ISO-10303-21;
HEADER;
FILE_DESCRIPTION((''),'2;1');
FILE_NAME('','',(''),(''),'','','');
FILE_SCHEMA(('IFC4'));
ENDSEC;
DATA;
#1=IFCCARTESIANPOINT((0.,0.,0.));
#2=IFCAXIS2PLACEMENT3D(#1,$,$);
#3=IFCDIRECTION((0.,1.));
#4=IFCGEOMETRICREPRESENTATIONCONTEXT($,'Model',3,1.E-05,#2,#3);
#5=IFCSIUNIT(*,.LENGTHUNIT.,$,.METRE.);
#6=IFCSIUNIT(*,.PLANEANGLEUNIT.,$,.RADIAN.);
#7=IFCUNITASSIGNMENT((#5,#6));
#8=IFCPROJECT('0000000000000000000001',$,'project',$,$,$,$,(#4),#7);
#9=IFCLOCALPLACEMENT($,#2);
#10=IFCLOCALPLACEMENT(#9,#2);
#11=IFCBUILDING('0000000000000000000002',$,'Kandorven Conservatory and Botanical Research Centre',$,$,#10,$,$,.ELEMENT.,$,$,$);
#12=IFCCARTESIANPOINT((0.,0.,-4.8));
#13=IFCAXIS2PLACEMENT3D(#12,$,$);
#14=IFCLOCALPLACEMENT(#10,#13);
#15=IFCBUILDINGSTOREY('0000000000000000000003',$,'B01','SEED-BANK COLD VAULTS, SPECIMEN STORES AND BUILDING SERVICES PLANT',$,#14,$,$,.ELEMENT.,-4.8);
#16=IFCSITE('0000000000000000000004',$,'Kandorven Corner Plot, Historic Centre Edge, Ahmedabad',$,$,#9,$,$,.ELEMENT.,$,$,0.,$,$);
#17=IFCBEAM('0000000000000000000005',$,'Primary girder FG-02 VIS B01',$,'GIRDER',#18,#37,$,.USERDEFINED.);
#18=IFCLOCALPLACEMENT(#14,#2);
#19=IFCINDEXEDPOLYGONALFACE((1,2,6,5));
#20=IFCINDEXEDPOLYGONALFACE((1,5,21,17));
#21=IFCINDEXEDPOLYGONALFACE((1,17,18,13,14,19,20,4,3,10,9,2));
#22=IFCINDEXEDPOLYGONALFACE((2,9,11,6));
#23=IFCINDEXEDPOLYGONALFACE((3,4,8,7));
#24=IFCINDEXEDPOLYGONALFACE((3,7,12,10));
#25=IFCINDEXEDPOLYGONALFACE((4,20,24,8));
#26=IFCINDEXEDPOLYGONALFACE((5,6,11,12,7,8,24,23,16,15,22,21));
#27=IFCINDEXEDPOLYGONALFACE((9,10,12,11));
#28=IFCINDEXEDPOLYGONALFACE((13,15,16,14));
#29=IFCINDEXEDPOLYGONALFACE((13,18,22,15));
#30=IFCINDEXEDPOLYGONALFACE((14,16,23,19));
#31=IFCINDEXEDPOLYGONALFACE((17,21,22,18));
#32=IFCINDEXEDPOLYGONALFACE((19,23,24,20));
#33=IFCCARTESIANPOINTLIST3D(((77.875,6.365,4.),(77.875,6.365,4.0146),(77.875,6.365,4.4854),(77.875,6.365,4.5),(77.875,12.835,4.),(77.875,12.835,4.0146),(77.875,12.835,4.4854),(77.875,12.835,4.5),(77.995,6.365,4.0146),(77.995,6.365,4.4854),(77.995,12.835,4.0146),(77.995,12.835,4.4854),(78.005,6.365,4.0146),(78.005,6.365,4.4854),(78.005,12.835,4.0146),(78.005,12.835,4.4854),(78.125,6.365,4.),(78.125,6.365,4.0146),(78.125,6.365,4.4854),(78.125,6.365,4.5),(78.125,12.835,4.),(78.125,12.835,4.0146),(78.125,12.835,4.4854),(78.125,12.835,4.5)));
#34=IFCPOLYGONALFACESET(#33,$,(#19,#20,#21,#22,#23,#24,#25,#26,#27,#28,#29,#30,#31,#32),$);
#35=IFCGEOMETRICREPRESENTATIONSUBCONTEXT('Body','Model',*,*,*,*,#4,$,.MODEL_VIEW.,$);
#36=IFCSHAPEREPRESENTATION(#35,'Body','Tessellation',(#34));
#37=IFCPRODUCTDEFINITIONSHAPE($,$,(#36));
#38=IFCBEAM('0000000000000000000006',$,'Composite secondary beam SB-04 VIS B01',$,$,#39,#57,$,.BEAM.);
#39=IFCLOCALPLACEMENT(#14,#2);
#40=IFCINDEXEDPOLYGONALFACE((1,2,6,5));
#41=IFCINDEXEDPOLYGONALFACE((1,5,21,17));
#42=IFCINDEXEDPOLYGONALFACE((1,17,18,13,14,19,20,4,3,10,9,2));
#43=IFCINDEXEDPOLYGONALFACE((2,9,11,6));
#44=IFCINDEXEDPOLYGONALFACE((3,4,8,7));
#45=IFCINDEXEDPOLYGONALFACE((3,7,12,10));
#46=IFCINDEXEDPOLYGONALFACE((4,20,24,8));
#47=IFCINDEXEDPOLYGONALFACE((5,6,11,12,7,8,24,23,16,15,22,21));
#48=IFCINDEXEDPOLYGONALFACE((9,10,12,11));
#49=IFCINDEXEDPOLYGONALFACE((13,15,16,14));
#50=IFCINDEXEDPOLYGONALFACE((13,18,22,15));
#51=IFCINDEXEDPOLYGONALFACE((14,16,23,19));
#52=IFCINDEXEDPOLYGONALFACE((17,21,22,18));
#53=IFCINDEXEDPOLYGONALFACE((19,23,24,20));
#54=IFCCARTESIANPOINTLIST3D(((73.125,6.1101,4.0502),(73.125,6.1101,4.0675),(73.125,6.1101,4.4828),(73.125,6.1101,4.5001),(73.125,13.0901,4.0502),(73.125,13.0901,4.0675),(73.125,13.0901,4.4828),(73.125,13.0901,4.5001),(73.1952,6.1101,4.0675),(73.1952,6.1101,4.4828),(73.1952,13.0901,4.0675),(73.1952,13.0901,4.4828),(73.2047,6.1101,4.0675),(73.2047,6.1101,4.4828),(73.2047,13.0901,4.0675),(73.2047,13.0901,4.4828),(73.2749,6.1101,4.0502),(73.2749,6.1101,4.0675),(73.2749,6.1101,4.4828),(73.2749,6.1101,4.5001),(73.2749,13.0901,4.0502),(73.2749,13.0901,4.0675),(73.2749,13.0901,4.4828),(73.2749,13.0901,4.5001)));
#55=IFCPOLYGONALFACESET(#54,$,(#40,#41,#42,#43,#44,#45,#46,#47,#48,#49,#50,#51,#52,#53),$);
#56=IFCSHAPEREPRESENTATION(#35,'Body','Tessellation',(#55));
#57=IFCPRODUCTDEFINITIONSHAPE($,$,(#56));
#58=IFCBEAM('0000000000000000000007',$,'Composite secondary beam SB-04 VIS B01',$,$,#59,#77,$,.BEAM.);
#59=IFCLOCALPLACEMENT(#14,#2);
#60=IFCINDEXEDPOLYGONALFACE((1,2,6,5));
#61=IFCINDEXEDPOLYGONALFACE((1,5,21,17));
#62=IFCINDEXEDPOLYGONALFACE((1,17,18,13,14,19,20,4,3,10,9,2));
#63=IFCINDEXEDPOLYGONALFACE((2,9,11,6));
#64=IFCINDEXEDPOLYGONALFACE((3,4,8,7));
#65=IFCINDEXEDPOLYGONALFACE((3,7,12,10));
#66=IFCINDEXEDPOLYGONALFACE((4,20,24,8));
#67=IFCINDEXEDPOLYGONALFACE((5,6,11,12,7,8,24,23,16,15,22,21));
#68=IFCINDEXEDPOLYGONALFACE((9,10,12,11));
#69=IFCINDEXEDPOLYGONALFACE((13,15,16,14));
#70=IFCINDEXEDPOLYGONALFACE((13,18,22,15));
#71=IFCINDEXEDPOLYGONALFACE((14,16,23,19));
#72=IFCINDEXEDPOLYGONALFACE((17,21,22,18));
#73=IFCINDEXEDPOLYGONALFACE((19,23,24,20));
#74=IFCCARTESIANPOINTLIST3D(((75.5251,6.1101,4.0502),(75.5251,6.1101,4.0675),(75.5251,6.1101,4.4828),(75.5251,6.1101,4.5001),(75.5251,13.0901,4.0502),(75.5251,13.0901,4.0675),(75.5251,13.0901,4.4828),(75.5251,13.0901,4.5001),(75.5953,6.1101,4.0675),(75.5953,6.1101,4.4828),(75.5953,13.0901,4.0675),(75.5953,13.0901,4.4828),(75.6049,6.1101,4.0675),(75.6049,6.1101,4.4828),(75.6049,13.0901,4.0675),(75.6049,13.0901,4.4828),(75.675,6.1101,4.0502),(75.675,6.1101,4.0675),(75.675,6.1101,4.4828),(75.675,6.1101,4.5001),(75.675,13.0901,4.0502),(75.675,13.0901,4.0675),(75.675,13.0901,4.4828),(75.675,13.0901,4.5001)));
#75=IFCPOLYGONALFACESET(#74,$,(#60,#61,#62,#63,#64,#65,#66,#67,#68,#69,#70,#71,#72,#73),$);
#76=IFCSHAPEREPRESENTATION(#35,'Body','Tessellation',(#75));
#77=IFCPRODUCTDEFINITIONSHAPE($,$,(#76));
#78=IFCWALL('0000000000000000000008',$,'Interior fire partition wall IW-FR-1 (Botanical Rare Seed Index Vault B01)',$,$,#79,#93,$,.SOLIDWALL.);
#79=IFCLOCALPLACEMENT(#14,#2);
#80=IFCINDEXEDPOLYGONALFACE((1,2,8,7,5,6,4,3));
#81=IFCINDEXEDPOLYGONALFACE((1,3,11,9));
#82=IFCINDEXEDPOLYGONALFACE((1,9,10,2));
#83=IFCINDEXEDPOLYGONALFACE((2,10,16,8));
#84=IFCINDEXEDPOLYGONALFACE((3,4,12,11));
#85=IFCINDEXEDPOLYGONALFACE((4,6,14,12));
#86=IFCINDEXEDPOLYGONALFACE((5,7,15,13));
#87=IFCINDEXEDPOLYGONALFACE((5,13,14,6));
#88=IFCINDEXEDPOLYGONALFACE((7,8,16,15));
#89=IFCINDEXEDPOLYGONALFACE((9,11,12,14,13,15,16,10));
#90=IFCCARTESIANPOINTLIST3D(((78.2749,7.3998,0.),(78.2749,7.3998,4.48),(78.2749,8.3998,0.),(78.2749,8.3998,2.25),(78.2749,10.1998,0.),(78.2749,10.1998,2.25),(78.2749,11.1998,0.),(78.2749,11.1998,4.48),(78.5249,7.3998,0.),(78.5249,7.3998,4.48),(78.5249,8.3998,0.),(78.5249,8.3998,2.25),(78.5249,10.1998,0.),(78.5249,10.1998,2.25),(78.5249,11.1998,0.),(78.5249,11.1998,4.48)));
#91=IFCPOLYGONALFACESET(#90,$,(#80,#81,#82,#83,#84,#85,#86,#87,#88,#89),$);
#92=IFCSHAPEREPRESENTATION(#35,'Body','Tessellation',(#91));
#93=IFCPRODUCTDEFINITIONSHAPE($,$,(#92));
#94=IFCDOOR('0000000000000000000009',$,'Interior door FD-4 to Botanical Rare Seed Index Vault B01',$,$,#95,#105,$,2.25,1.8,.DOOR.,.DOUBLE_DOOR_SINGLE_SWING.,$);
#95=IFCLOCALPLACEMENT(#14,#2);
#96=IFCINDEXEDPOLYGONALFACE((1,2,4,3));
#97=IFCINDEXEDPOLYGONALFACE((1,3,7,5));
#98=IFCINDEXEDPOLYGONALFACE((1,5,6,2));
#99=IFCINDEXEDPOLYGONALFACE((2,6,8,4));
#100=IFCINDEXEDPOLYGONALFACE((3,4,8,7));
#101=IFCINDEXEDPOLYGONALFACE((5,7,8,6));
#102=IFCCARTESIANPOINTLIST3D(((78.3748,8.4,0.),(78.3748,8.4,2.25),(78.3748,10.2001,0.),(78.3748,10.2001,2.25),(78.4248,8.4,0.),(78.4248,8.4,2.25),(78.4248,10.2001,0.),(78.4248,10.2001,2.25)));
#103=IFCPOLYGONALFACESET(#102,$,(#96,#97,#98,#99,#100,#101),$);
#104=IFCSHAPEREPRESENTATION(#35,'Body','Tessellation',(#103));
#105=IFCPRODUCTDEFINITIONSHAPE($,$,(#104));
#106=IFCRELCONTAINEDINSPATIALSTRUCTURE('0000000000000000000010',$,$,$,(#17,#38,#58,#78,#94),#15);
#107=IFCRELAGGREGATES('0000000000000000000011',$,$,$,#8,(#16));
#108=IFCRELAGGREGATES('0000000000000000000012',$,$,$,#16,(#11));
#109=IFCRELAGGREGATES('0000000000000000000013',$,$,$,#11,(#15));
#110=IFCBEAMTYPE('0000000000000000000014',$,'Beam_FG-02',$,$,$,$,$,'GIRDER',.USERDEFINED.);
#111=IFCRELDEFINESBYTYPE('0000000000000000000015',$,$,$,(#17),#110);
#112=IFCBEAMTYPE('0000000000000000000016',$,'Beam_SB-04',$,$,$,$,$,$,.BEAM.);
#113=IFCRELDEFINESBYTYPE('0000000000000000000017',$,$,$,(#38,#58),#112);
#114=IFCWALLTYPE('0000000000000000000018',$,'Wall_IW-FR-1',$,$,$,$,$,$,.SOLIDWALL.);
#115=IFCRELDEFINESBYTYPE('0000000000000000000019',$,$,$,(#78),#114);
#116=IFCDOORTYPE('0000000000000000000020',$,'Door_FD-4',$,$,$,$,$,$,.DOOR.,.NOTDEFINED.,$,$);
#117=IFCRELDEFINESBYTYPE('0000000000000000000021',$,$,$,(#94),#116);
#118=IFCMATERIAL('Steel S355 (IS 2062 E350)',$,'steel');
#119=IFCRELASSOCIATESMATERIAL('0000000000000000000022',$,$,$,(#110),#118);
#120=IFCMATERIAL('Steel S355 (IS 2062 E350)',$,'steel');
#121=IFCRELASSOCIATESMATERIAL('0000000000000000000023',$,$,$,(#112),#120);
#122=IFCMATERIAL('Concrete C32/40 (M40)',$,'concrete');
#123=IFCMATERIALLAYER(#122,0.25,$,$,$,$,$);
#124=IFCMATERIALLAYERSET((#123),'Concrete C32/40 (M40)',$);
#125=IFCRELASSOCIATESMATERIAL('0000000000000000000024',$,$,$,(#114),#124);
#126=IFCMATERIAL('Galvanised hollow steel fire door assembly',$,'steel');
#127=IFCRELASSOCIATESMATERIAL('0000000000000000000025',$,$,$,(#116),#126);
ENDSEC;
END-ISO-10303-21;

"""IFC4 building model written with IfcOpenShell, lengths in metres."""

from ifc_helpers import new_model, si_unit, direction, frame, frame_2d, origin, origin_2d, place, context, subcontext, project, spatial, rectangle, i_section, extrude, material, layer, layer_set, material_profile, profile_set, type_object, element, fill, save


model = new_model("IFC4")

# Units and contexts
model_context = context("Model", 3, precision=1e-05, world=origin(), true_north=direction((0.0, 1.0)))
body_context = subcontext(model_context, "Body", "Model", "MODEL_VIEW")
ifc_project = project(units=[si_unit("LENGTHUNIT", "METRE"), si_unit("PLANEANGLEUNIT", "RADIAN")], contexts=[model_context])

# Site, building, storey
site_placement = place(None, origin())
site = spatial("IfcSite", under=ifc_project, at=site_placement, Name="Kandorven Corner Plot, Historic Centre Edge, Ahmedabad", CompositionType="ELEMENT", RefElevation=0.0)
building_placement = place(site_placement, origin())
building = spatial("IfcBuilding", under=site, at=building_placement, Name="Kandorven Conservatory and Botanical Research Centre", CompositionType="ELEMENT")
storey_placement = place(building_placement, frame((0.0, 0.0, -4.8)))
storey = spatial("IfcBuildingStorey", under=building, at=storey_placement, Name="B01", Description="SEED-BANK COLD VAULTS, SPECIMEN STORES AND BUILDING SERVICES PLANT", CompositionType="ELEMENT", Elevation=-4.8)

# Beams
ifc_material_1 = material(Name="Steel S355 (IS 2062 E350)", Category="steel")
ifc_material_profile_1 = material_profile(ifc_material_1, i_section(OverallWidth=0.25, OverallDepth=0.5, WebThickness=0.01, FlangeThickness=0.0146, at=origin_2d()))
ifc_profile_set_1 = profile_set([ifc_material_profile_1], Name="Steel S355 (IS 2062 E350)")
beam_type_1 = type_object("IfcBeamType", Name="Beam_FG-02", ElementType="GIRDER", PredefinedType="USERDEFINED", material=ifc_profile_set_1)
beam_1_placement = place(storey_placement, frame((78.0, 6.365, 4.25), z_axis=(0.0, 1.0, 0.0), x_axis=(-1.0, 0.0, 0.0)))
element("IfcBeam", 1, at=beam_1_placement, inside=storey, type_object=beam_type_1, Name="Primary girder FG-02 VIS B01", ObjectType="GIRDER", PredefinedType="USERDEFINED", context=body_context, shape_type="SweptSolid", body=[
    extrude(i_section(OverallWidth=0.25, OverallDepth=0.5, WebThickness=0.01, FlangeThickness=0.0146, at=origin_2d()), origin(), (0.0, 0.0, 1.0), 6.47),
])
ifc_material_2 = material(Name="Steel S355 (IS 2062 E350)", Category="steel")
ifc_material_profile_2 = material_profile(ifc_material_2, i_section(OverallWidth=0.1499, OverallDepth=0.45, WebThickness=0.0095, FlangeThickness=0.0173, at=origin_2d()))
ifc_profile_set_2 = profile_set([ifc_material_profile_2], Name="Steel S355 (IS 2062 E350)")
beam_type_2 = type_object("IfcBeamType", Name="Beam_SB-04", PredefinedType="BEAM", material=ifc_profile_set_2)
for number, where, z_axis, x_axis, name in (
    (2, (73.2, 6.1101, 4.2751), (0.0, 1.0, 0.0), (-1.0, 0.0, 0.0), "Composite secondary beam SB-04 VIS B01"),
    (3, (75.6001, 6.1101, 4.2751), (0.0, 1.0, 0.0), (-1.0, 0.0, 0.0), "Composite secondary beam SB-04 VIS B01"),
):
    element("IfcBeam", number, at=place(storey_placement, frame(where, z_axis=z_axis, x_axis=x_axis)), inside=storey, type_object=beam_type_2, Name=name, PredefinedType="BEAM", context=body_context, shape_type="SweptSolid", body=[
        extrude(i_section(OverallWidth=0.1499, OverallDepth=0.45, WebThickness=0.0095, FlangeThickness=0.0173, at=origin_2d()), origin(), (0.0, 0.0, 1.0), 6.98),
    ])

# Wall, opening, door
ifc_material_3 = material(Name="Concrete C32/40 (M40)", Category="concrete")
ifc_layer = layer(ifc_material_3, 0.25)
ifc_layer_set = layer_set([ifc_layer], Name="Concrete C32/40 (M40)")
wall_type = type_object("IfcWallType", Name="Wall_IW-FR-1", PredefinedType="SOLIDWALL", material=ifc_layer_set)
wall_placement = place(storey_placement, frame((78.3999, 7.3999, 0.0), z_axis=(0.0, 0.0, 1.0), x_axis=(0.0, 1.0, 0.0)))
wall = element("IfcWall", 4, at=wall_placement, inside=storey, type_object=wall_type, Name="Interior fire partition wall IW-FR-1 (Botanical Rare Seed Index Vault B01)", PredefinedType="SOLIDWALL", context=body_context, shape_type="SweptSolid", body=[
    extrude(rectangle(XDim=3.8, YDim=0.25, at=frame_2d((1.8999, 0.0))), origin(), (0.0, 0.0, 1.0), 4.48),
])
opening_placement = place(wall_placement, frame((1.0, 0.0, 0.0)))
opening = element("IfcOpeningElement", 5, at=opening_placement, cuts=wall, PredefinedType="OPENING", context=body_context, shape_type="SweptSolid", body=[
    extrude(rectangle(XDim=1.8, YDim=2.25, at=frame_2d((0.8999, 1.125))), frame((0.0, 0.135, 0.0), z_axis=(0.0, -1.0, 0.0), x_axis=(1.0, 0.0, 0.0)), (0.0, 0.0, 1.0), 0.27),
])
ifc_material_4 = material(Name="Galvanised hollow steel fire door assembly", Category="steel")
door_type = type_object("IfcDoorType", Name="Door_FD-4", OperationType="NOTDEFINED", PredefinedType="DOOR", material=ifc_material_4)
door_placement = place(opening_placement, frame((1.8, 0.0, 0.0), z_axis=(0.0, 0.0, 1.0), x_axis=(-1.0, 0.0, 0.0)))
door = element("IfcDoor", 6, at=door_placement, inside=storey, type_object=door_type, Name="Interior door FD-4 to Botanical Rare Seed Index Vault B01", OperationType="DOUBLE_DOOR_SINGLE_SWING", OverallHeight=2.25, OverallWidth=1.8, PredefinedType="DOOR", context=body_context, shape_type="SweptSolid", body=[
    extrude(rectangle(XDim=1.8, YDim=2.25, at=frame_2d((0.8999, 1.125))), frame((0.0, 0.0249, 0.0), z_axis=(0.0, -1.0, 0.0), x_axis=(1.0, 0.0, 0.0)), (0.0, 0.0, 1.0), 0.05),
])
fill(opening, door)

save(model, "model.ifc")
